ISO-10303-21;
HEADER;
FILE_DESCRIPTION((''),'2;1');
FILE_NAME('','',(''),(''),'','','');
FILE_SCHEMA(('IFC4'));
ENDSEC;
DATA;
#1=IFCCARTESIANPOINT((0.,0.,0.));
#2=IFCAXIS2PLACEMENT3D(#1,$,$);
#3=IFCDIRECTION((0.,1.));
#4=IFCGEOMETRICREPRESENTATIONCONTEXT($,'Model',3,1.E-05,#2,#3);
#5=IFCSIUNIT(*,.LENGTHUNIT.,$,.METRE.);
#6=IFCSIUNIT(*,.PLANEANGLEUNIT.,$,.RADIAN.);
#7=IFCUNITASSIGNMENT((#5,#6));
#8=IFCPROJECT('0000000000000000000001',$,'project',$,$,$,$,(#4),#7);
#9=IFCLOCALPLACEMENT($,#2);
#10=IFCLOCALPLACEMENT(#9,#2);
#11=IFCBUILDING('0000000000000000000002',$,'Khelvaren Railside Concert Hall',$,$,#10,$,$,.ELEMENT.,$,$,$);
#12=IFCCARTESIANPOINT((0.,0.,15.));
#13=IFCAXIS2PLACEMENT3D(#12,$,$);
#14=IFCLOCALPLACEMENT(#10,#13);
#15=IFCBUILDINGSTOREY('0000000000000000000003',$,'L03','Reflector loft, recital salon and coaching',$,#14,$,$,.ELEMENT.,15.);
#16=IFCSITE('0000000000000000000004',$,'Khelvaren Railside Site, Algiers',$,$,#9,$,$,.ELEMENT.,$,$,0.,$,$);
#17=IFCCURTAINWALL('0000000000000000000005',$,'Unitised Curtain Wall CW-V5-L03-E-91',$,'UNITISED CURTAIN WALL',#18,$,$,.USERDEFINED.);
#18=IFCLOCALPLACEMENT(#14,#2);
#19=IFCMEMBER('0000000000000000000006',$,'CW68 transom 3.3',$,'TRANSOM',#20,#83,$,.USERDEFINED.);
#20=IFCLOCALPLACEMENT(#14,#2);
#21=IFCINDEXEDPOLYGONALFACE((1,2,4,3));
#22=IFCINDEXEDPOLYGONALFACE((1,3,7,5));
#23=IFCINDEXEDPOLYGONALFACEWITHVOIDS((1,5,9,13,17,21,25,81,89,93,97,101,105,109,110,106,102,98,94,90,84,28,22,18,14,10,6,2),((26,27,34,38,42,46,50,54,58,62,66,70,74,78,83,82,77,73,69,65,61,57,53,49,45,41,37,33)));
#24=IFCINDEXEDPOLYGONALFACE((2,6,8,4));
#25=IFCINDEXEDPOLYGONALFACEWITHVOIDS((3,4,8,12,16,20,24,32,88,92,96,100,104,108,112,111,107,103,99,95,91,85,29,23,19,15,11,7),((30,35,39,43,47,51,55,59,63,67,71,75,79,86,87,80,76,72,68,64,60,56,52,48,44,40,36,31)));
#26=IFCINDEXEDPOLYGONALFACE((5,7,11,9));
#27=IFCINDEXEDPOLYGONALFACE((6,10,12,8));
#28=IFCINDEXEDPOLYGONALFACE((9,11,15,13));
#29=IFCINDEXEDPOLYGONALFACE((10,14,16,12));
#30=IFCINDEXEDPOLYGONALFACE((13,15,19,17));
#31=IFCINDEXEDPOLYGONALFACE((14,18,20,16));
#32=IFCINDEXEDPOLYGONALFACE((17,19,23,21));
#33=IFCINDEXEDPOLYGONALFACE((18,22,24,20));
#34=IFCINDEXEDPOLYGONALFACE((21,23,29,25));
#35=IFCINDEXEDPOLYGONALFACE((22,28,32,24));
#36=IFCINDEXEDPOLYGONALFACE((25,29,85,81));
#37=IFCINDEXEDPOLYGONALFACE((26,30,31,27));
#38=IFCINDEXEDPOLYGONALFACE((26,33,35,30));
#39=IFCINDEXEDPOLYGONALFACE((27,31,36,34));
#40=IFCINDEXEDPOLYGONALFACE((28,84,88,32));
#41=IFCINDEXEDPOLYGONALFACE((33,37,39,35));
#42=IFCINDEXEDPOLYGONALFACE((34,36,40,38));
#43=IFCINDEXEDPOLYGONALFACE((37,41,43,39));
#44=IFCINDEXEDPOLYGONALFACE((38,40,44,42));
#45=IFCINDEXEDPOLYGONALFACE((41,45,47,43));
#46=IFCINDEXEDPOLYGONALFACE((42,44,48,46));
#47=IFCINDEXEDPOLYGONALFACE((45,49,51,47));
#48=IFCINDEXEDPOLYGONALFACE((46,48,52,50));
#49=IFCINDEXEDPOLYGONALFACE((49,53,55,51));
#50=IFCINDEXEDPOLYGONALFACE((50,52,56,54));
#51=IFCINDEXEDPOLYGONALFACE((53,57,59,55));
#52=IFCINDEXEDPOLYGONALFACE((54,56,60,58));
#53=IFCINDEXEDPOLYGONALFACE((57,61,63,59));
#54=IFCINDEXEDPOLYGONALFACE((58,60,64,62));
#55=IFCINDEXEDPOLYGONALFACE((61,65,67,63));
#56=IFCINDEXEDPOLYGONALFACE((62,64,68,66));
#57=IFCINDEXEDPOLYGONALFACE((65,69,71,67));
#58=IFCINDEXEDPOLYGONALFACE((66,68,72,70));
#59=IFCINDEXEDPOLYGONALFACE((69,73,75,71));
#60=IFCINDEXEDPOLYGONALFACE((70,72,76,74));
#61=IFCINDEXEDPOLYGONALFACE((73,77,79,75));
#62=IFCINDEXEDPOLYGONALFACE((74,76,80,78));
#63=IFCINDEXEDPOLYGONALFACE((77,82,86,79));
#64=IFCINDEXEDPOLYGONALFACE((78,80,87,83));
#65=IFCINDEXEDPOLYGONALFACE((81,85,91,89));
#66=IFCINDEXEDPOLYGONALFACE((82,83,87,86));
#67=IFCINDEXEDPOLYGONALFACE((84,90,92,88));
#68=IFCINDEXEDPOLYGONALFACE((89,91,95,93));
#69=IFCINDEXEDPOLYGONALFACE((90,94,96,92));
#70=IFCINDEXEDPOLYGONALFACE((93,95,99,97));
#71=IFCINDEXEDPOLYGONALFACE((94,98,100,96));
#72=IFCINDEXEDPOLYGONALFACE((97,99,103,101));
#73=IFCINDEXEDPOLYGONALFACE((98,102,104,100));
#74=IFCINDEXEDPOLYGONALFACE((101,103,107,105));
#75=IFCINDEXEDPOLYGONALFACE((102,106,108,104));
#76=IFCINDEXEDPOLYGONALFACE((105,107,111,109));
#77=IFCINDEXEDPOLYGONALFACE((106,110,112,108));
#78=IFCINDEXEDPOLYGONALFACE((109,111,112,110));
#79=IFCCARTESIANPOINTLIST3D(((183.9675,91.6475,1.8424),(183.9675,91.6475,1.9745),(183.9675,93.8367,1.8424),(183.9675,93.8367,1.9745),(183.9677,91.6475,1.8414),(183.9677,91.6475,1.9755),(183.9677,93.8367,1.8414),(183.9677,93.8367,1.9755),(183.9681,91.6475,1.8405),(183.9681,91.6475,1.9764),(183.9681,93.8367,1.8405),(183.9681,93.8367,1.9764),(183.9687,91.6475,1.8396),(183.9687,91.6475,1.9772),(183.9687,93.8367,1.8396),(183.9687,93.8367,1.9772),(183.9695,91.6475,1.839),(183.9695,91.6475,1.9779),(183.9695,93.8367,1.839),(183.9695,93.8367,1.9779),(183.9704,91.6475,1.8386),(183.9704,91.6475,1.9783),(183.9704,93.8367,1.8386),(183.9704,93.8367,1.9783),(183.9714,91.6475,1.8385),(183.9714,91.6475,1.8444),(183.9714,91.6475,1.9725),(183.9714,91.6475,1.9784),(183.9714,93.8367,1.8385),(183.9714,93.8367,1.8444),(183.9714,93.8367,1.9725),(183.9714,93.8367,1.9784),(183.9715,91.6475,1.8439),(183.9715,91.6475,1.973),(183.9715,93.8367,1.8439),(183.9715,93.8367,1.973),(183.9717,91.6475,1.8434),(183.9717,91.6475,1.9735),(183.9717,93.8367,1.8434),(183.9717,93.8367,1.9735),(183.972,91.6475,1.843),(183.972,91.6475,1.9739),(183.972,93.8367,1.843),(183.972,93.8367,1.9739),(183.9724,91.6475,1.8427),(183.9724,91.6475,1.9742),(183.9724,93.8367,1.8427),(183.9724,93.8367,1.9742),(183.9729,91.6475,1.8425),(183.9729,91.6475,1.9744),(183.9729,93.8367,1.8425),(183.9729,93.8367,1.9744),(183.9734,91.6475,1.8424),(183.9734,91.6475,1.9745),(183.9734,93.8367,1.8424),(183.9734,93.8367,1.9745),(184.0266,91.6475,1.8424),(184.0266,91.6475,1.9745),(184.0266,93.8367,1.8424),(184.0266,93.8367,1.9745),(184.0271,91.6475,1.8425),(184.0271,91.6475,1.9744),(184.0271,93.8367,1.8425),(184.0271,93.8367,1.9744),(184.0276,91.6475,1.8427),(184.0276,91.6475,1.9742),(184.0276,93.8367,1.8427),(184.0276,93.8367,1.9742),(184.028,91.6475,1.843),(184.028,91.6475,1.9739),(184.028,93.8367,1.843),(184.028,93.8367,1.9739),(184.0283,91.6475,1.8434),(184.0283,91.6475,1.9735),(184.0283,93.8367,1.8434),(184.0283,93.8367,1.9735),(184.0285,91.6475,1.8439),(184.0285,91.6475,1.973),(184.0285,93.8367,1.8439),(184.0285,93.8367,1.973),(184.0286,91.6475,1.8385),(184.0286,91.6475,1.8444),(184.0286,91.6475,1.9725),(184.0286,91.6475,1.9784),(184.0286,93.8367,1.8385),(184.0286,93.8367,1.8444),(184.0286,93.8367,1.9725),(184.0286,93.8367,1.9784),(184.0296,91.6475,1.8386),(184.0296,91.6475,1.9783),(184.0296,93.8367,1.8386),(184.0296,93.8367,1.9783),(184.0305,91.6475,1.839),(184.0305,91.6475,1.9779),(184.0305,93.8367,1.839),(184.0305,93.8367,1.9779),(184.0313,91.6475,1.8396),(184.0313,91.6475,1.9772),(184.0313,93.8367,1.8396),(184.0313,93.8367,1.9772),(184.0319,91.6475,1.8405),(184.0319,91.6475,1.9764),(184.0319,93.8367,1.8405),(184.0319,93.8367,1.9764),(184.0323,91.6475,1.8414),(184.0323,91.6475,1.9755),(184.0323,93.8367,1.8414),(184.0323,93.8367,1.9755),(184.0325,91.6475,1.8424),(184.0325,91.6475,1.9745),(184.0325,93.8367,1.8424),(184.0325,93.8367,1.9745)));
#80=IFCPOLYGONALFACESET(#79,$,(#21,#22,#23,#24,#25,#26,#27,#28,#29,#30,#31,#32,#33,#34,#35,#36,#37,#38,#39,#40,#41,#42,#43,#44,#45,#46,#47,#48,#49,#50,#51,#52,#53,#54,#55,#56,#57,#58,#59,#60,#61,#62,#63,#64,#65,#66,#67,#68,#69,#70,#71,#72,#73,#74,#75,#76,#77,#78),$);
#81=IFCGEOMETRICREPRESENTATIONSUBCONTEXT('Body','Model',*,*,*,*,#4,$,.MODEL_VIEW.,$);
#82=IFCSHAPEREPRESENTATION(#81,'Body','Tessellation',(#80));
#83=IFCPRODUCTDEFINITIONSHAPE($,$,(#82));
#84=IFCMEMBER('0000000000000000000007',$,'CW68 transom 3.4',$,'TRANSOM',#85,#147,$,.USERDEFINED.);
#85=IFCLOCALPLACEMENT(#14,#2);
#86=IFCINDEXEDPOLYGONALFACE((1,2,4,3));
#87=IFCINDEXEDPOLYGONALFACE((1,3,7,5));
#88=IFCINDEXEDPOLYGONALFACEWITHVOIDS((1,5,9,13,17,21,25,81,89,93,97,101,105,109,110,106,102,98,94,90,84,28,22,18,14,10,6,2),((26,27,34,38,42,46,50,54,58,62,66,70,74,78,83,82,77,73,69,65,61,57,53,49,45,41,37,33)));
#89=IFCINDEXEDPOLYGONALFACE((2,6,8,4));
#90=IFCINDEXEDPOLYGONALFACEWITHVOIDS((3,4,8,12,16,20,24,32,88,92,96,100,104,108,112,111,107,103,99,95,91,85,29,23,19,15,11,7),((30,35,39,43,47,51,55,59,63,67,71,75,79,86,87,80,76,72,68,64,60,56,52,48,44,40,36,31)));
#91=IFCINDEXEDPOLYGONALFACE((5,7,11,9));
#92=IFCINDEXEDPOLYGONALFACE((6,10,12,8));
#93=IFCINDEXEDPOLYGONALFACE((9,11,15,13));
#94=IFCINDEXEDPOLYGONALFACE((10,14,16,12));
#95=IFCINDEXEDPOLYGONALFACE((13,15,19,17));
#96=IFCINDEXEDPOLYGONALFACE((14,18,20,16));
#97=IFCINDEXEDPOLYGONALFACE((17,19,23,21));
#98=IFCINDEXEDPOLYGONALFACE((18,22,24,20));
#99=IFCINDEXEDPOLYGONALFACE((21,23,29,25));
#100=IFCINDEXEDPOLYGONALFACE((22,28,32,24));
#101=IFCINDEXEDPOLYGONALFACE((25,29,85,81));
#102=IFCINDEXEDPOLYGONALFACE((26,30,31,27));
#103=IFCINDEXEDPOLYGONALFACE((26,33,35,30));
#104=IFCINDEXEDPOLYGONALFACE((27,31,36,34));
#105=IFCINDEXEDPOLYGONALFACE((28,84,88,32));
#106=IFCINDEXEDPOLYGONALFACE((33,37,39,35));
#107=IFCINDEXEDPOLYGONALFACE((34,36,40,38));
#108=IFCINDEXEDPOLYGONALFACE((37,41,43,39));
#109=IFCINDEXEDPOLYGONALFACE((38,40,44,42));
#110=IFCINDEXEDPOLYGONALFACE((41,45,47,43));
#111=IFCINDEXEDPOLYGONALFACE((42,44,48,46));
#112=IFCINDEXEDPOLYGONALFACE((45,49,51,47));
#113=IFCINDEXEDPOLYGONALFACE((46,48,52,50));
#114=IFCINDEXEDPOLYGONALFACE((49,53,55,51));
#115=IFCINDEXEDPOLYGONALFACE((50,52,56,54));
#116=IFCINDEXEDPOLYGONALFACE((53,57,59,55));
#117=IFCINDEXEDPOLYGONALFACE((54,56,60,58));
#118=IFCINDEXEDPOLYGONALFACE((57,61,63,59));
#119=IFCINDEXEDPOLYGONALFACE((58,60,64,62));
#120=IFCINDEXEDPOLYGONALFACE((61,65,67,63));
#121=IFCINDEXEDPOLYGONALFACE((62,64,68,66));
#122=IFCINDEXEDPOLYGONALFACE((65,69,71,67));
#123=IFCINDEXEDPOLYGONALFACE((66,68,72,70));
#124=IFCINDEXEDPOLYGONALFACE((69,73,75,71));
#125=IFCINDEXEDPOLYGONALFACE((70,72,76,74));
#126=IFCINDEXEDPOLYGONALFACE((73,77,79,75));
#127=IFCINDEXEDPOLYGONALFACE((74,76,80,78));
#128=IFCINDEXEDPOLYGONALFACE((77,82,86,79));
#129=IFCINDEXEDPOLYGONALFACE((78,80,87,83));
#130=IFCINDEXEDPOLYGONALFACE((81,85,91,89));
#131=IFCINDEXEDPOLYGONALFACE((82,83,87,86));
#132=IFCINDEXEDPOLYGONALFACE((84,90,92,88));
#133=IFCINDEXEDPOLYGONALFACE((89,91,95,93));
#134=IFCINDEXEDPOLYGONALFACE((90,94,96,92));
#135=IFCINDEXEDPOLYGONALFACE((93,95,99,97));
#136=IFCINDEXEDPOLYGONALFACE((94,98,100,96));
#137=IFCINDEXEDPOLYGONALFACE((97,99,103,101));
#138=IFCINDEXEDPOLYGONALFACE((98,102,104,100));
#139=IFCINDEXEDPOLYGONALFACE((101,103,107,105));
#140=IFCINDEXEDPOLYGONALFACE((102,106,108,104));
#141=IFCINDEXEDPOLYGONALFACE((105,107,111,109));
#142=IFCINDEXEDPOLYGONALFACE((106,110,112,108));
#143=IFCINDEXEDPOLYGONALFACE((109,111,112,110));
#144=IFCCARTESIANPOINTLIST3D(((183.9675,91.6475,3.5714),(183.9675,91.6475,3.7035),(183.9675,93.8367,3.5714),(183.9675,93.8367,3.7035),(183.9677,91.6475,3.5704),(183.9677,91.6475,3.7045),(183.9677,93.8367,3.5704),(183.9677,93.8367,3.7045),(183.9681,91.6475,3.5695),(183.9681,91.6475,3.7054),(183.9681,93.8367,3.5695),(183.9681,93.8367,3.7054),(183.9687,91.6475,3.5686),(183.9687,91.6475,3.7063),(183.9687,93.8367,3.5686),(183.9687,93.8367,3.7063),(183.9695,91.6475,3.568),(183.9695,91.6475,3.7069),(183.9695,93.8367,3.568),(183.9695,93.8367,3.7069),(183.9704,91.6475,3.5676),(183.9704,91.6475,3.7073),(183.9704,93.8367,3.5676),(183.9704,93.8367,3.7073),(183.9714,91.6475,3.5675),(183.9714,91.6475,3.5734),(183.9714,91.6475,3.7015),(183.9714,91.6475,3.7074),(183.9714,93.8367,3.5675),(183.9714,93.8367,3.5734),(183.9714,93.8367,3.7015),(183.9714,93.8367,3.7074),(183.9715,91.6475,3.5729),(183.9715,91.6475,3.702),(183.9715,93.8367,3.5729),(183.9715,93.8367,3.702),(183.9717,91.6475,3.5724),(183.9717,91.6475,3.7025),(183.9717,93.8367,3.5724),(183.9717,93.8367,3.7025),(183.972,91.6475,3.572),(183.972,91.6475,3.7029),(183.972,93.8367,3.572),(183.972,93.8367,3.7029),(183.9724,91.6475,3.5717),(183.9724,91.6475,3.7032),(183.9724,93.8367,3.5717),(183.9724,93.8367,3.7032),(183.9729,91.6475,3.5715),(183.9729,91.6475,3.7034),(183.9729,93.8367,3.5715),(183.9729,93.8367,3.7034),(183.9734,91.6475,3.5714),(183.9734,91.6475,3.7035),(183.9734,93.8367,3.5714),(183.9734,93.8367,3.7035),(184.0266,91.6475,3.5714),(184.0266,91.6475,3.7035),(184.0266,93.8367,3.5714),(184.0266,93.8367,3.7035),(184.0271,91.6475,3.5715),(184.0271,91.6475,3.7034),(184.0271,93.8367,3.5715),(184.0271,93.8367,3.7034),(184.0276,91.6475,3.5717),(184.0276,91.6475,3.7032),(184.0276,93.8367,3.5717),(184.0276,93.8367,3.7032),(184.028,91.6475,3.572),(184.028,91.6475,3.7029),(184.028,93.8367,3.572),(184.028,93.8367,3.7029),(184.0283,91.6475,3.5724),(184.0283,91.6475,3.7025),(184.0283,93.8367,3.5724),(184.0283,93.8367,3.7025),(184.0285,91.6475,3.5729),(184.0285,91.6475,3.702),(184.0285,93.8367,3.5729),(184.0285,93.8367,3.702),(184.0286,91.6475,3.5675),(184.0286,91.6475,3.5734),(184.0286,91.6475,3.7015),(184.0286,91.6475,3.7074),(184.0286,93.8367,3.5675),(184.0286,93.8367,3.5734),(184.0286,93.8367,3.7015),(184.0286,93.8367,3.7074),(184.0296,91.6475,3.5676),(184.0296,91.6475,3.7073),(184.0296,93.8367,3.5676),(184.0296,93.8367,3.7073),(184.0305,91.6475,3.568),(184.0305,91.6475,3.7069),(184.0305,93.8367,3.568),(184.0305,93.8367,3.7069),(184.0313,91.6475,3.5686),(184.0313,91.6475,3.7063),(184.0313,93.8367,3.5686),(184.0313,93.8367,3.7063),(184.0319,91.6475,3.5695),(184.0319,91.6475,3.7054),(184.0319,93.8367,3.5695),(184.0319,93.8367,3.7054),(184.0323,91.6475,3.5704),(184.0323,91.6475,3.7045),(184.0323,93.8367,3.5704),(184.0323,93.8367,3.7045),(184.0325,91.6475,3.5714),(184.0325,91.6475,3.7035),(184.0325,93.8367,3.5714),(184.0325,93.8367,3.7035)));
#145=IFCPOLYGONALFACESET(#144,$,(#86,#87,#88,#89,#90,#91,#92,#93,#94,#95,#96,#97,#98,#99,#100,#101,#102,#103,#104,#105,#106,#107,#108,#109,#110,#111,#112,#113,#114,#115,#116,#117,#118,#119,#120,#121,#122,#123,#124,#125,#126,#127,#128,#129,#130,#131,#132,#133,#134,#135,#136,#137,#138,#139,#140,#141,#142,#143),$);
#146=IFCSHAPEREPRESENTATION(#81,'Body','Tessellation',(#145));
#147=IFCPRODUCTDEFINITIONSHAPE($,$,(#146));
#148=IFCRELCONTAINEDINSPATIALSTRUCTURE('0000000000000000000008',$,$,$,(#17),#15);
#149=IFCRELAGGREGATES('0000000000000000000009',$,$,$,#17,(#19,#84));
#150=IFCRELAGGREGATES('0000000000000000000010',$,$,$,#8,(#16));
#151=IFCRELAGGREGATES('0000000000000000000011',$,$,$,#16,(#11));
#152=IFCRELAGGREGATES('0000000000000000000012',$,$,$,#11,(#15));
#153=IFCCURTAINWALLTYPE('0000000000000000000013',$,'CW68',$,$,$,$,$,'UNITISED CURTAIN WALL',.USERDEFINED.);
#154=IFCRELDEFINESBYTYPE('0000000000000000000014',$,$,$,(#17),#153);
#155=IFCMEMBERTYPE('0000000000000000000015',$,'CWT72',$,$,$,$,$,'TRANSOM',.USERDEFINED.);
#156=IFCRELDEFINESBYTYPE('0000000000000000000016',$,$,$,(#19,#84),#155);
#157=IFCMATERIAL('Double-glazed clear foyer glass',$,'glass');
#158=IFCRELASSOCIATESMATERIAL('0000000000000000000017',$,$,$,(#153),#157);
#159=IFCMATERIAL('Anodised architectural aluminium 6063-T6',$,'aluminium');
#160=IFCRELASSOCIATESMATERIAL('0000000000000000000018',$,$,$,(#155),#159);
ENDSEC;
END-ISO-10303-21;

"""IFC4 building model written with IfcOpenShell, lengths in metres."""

from ifc_helpers import new_model, si_unit, direction, frame, origin, origin_2d, place, context, subcontext, project, spatial, hollow_rectangle, extrude, material, material_profile, profile_set, type_object, element, aggregate, save


model = new_model("IFC4")

# Units and contexts
model_context = context("Model", 3, precision=1e-05, world=origin(), true_north=direction((0.0, 1.0)))
body_context = subcontext(model_context, "Body", "Model", "MODEL_VIEW")
ifc_project = project(units=[si_unit("LENGTHUNIT", "METRE"), si_unit("PLANEANGLEUNIT", "RADIAN")], contexts=[model_context])

# Site, building, storey
site_placement = place(None, origin())
site = spatial("IfcSite", under=ifc_project, at=site_placement, Name="Khelvaren Railside Site, Algiers", CompositionType="ELEMENT", RefElevation=0.0)
building_placement = place(site_placement, origin())
building = spatial("IfcBuilding", under=site, at=building_placement, Name="Khelvaren Railside Concert Hall", CompositionType="ELEMENT")
storey_placement = place(building_placement, frame((0.0, 0.0, 15.0)))
storey = spatial("IfcBuildingStorey", under=building, at=storey_placement, Name="L03", Description="Reflector loft, recital salon and coaching", CompositionType="ELEMENT", Elevation=15.0)

# Curtain wall
ifc_material_1 = material(Name="Double-glazed clear foyer glass", Category="glass")
curtain_wall_type_1 = type_object("IfcCurtainWallType", Name="CW68", ElementType="UNITISED CURTAIN WALL", PredefinedType="USERDEFINED", material=ifc_material_1)
curtain_wall_1_placement = place(storey_placement, origin())
curtain_wall_1 = element("IfcCurtainWall", 1, at=curtain_wall_1_placement, inside=storey, type_object=curtain_wall_type_1, Name="Unitised Curtain Wall CW-V5-L03-E-91", ObjectType="UNITISED CURTAIN WALL", PredefinedType="USERDEFINED")
ifc_material_2 = material(Name="Anodised architectural aluminium 6063-T6", Category="aluminium")

# Members
ifc_material_profile_1 = material_profile(ifc_material_2, hollow_rectangle(XDim=0.0649, YDim=0.1399, WallThickness=0.0039, InnerFilletRadius=0.002, OuterFilletRadius=0.0039, at=origin_2d()), Name="CWT 65x140x4")
ifc_profile_set_1 = profile_set([ifc_material_profile_1], Name="Anodised architectural aluminium 6063-T6")
member_type_1 = type_object("IfcMemberType", Name="CWT72", ElementType="TRANSOM", PredefinedType="USERDEFINED", material=ifc_profile_set_1)
member_1_placement = place(storey_placement, frame((184.0, 93.8367, 1.9084), z_axis=(0.0, -1.0, 0.0), x_axis=(1.0, 0.0, 0.0)))
member_1 = element("IfcMember", 2, at=member_1_placement, type_object=member_type_1, Name="CW68 transom 3.3", ObjectType="TRANSOM", PredefinedType="USERDEFINED", context=body_context, shape_type="SweptSolid", body=[
    extrude(hollow_rectangle(XDim=0.0649, YDim=0.1399, WallThickness=0.0039, InnerFilletRadius=0.002, OuterFilletRadius=0.0039, at=origin_2d()), origin(), (0.0, 0.0, 1.0), 2.1892),
])
member_2_placement = place(storey_placement, frame((184.0, 93.8367, 3.6375), z_axis=(0.0, -1.0, 0.0), x_axis=(1.0, 0.0, 0.0)))
member_2 = element("IfcMember", 3, at=member_2_placement, type_object=member_type_1, Name="CW68 transom 3.4", ObjectType="TRANSOM", PredefinedType="USERDEFINED", context=body_context, shape_type="SweptSolid", body=[
    extrude(hollow_rectangle(XDim=0.0649, YDim=0.1399, WallThickness=0.0039, InnerFilletRadius=0.002, OuterFilletRadius=0.0039, at=origin_2d()), origin(), (0.0, 0.0, 1.0), 2.1892),
])

aggregate(curtain_wall_1, [member_1, member_2])

save(model, "model.ifc")
